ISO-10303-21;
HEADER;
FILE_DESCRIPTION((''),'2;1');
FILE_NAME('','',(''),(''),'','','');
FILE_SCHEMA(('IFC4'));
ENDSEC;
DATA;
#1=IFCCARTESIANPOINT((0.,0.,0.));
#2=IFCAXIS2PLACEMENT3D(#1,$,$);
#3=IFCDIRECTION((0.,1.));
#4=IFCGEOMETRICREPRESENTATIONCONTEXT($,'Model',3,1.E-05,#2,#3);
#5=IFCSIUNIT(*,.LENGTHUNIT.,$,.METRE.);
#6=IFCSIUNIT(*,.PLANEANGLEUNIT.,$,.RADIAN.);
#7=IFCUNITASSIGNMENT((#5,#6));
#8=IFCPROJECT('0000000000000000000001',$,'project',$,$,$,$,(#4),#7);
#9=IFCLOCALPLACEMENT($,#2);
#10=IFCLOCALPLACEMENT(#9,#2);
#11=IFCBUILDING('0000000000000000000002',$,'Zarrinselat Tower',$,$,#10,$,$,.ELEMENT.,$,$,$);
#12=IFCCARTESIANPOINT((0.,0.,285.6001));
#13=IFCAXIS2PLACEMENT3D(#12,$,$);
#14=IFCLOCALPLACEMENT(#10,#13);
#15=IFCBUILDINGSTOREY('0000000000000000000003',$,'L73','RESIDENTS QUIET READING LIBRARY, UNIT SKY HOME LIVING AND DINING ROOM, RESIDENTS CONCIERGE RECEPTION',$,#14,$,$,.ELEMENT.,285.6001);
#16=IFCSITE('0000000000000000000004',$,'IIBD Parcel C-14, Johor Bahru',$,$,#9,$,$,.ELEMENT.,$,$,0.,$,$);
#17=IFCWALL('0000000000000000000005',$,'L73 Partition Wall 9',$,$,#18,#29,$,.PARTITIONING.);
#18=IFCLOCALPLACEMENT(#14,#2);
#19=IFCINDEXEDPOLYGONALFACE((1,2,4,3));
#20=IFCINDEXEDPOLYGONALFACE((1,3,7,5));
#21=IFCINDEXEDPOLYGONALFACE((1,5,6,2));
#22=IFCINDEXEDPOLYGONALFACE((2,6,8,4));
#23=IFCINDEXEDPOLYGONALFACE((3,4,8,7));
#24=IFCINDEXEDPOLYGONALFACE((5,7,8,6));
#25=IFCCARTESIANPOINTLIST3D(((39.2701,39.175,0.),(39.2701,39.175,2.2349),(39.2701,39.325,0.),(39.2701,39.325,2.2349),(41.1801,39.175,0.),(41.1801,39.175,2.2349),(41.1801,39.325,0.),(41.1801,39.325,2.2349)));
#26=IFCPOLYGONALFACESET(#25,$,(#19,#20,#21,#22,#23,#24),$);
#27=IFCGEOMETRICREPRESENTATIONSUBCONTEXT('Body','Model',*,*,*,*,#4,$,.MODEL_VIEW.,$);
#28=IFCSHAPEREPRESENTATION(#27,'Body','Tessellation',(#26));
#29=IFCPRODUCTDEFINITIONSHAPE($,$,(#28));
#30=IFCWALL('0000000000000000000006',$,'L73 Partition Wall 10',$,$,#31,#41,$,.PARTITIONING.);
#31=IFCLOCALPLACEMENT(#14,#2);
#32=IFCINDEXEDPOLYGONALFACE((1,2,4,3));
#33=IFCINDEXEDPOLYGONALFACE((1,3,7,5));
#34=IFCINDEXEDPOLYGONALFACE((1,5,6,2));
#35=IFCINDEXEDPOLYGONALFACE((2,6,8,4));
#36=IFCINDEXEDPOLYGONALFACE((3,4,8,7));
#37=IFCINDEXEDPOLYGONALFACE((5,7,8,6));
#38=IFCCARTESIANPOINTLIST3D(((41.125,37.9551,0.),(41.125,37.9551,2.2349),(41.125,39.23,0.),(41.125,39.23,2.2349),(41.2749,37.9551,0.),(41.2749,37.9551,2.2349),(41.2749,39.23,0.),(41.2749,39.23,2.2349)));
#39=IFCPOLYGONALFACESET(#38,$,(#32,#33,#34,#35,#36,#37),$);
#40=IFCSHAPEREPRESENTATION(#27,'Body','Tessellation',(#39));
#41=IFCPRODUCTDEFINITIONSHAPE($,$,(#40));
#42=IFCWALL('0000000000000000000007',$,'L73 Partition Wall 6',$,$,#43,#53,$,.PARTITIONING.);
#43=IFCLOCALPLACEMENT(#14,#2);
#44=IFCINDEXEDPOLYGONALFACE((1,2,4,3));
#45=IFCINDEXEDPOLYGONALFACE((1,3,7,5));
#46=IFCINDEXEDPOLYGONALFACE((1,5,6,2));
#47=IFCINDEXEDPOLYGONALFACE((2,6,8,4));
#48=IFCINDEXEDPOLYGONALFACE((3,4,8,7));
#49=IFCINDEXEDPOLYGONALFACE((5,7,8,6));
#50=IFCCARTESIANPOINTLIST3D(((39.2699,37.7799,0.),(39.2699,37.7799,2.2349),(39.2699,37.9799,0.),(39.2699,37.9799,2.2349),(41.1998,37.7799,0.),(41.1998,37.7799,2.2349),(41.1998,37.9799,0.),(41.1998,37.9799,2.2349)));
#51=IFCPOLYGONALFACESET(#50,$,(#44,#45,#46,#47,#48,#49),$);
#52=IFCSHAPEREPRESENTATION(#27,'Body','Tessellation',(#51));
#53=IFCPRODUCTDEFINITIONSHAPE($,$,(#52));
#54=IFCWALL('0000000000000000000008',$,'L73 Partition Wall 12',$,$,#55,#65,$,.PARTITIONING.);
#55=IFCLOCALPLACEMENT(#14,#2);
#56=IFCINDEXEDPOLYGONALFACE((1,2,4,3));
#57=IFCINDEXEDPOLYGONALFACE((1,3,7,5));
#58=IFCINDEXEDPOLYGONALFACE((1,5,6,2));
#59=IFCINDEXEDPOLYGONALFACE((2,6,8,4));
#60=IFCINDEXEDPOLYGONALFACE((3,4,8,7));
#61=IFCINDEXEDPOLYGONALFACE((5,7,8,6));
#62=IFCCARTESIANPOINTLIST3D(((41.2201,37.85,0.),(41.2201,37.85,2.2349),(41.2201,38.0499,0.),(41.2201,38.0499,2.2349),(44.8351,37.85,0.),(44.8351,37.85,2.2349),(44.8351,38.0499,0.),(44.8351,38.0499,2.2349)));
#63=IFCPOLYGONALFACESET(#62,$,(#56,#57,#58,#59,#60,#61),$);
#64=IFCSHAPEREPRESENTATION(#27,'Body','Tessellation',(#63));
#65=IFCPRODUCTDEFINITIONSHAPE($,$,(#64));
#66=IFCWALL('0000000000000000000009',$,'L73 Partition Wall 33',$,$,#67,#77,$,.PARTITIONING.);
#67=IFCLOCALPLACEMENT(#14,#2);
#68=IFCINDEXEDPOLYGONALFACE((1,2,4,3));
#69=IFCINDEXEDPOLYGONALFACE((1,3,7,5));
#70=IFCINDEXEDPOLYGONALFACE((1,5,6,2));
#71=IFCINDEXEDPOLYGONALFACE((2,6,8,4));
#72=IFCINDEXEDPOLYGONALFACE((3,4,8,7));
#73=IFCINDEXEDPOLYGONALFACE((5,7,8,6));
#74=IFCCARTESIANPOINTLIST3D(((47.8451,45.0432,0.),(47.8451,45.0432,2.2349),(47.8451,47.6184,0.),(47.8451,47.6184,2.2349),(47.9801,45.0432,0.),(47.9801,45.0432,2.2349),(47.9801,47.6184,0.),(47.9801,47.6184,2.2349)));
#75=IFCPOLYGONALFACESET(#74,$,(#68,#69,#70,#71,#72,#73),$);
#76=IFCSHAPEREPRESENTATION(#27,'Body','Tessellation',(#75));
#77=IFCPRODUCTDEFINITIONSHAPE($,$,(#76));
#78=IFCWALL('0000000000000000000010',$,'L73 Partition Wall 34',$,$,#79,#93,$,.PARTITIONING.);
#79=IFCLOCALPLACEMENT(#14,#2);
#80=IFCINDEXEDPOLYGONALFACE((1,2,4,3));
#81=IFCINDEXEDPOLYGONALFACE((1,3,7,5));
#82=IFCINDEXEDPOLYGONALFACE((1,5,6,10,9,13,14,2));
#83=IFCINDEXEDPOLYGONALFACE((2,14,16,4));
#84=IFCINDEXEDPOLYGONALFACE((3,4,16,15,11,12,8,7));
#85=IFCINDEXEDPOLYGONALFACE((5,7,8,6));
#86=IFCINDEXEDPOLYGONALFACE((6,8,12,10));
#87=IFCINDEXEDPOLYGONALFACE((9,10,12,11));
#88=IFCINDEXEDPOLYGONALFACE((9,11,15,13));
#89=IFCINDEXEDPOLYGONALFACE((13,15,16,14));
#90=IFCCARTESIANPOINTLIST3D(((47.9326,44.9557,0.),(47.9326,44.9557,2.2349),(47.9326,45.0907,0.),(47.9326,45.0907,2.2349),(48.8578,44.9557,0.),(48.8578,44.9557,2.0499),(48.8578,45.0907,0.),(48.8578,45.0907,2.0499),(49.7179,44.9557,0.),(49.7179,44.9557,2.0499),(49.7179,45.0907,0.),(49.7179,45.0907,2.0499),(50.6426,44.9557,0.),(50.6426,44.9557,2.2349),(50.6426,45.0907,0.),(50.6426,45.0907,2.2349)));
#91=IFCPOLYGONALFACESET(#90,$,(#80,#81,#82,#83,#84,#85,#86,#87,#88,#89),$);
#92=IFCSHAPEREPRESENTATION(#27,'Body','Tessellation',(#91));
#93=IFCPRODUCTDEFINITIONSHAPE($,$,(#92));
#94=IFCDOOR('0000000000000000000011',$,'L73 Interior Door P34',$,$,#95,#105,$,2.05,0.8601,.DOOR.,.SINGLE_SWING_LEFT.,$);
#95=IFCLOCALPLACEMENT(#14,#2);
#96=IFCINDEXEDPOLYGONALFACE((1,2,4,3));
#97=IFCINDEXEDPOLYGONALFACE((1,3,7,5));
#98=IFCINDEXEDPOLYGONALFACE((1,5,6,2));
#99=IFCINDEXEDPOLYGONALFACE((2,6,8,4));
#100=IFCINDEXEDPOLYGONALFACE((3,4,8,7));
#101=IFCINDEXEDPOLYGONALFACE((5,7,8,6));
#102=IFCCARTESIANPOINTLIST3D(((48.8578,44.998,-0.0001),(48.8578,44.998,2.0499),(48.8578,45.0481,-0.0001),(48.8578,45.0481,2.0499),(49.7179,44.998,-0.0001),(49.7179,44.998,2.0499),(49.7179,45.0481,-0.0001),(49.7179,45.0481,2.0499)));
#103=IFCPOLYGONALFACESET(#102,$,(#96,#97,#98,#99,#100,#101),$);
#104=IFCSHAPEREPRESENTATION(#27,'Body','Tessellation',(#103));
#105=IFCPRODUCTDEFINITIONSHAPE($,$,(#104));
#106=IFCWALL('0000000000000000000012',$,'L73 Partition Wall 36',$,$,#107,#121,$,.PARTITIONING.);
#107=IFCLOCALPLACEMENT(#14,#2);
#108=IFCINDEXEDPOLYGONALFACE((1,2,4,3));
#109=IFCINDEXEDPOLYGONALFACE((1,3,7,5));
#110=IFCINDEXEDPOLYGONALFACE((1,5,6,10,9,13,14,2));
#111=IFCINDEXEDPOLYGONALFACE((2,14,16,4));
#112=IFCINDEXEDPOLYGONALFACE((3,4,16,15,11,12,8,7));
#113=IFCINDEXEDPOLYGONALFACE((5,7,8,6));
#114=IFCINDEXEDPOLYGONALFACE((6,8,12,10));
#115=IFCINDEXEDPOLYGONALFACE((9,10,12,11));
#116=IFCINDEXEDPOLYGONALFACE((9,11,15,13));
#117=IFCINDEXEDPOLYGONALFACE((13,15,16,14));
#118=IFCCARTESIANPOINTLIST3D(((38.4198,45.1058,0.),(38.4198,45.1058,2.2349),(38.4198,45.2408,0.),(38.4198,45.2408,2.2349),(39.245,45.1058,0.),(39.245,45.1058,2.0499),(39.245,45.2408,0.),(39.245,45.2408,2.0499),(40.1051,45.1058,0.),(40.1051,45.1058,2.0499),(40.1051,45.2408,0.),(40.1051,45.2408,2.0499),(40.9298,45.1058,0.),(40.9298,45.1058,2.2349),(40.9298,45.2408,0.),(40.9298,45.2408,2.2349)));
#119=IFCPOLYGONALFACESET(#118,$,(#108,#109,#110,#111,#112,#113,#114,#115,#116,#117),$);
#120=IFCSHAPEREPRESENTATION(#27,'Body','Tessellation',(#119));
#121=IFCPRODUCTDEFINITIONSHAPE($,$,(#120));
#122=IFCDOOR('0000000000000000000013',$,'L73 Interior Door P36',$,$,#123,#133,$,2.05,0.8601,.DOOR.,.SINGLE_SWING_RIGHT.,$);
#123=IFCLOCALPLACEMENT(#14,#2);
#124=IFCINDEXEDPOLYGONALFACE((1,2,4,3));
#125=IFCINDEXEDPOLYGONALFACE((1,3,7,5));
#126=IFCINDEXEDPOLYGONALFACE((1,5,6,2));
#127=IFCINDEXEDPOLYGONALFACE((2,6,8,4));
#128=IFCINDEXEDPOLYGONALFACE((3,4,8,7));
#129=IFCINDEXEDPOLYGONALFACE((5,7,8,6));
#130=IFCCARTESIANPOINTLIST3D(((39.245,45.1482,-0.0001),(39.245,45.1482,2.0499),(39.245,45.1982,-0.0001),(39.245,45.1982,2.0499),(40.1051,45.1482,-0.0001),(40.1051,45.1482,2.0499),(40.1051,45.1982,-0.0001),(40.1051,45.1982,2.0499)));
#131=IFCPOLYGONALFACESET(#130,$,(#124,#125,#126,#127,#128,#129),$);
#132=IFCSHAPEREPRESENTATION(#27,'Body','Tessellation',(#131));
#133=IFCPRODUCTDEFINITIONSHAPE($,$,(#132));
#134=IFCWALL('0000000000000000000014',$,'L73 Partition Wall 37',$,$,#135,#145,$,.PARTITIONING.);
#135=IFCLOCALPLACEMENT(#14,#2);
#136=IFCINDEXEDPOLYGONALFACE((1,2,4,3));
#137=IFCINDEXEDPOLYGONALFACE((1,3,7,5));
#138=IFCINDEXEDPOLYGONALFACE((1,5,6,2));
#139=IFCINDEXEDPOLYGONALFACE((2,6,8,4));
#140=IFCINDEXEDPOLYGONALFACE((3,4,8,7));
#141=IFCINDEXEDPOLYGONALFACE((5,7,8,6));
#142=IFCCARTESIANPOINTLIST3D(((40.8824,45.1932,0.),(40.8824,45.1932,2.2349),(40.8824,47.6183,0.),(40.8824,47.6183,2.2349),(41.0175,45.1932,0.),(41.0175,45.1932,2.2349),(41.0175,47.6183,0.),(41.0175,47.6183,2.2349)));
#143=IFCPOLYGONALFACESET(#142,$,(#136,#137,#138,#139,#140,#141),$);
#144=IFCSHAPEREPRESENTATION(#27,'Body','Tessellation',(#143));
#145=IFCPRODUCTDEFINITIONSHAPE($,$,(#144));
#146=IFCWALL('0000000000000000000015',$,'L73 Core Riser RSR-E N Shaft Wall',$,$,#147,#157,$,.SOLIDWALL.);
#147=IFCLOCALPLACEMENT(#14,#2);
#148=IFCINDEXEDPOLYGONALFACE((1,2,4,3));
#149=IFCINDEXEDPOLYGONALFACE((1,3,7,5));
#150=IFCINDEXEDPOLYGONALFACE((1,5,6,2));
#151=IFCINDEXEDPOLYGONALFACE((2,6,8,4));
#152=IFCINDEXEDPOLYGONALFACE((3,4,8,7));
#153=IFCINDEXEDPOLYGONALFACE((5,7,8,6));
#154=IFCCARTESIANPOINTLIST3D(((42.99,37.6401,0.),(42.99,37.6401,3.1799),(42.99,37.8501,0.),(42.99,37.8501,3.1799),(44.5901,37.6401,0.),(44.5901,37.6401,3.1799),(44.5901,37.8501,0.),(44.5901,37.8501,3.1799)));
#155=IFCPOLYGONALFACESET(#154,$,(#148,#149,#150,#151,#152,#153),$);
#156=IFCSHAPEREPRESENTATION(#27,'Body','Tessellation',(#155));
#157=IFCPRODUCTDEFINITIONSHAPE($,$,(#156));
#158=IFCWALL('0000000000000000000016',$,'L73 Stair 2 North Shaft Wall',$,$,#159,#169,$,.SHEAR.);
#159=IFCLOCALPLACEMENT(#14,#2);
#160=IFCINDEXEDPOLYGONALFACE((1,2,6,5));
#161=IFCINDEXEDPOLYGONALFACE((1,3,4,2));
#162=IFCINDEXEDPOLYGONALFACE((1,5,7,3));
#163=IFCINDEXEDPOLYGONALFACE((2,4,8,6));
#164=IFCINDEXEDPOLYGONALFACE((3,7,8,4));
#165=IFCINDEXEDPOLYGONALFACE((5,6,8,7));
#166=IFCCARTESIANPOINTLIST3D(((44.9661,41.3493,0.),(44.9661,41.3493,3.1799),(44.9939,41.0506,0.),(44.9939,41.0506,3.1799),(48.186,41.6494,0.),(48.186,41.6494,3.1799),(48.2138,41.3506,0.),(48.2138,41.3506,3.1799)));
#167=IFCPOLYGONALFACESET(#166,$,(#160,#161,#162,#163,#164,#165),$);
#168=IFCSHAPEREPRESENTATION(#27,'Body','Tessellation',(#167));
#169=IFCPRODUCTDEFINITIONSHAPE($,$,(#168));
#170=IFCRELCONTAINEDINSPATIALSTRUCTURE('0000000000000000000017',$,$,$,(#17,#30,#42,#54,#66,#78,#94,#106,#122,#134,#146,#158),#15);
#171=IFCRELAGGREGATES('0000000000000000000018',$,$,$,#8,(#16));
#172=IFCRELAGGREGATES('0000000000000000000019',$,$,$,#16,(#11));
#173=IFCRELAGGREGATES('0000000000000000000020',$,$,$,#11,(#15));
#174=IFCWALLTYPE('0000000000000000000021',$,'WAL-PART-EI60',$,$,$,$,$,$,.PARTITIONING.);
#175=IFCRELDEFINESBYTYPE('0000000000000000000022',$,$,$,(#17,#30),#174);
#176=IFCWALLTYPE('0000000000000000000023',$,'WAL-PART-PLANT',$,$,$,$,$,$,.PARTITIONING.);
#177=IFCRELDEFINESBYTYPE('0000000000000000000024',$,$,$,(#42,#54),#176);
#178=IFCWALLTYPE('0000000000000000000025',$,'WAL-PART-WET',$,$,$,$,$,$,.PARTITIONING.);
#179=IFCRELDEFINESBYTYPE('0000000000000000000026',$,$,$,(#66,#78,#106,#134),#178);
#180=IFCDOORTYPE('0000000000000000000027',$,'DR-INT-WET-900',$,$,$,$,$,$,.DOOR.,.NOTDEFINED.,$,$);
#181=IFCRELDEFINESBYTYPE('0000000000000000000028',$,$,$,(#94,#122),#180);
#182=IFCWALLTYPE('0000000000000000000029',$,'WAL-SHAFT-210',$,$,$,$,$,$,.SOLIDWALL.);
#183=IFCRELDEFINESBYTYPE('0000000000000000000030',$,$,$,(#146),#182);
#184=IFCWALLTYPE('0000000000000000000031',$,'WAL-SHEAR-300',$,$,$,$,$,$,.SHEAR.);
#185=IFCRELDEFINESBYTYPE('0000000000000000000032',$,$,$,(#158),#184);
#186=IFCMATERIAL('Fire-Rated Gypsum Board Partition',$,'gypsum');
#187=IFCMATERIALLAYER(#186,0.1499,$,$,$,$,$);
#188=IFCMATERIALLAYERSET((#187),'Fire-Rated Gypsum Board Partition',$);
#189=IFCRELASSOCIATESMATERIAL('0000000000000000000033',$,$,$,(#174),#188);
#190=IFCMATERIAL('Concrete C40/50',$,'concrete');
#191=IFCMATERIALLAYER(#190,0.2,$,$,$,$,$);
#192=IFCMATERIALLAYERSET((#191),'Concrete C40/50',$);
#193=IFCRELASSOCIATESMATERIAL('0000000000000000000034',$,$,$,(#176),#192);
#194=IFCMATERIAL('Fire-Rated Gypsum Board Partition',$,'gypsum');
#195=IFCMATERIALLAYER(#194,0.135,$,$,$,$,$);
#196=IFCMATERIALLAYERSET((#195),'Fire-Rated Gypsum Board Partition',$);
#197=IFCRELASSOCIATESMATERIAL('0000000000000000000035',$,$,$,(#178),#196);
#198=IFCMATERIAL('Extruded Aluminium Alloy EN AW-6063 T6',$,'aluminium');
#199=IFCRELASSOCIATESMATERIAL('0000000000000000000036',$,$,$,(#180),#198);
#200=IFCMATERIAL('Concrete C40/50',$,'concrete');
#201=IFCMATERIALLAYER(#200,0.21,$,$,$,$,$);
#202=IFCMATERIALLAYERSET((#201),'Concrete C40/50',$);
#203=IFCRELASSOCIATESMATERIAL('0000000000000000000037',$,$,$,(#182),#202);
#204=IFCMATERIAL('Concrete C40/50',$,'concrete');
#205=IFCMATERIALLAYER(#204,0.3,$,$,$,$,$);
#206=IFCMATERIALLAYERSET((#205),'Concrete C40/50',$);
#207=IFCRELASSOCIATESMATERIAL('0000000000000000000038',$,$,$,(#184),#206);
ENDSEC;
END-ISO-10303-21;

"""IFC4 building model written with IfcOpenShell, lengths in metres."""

from ifc_helpers import new_model, si_unit, direction, frame, frame_2d, origin, place, context, subcontext, project, spatial, rectangle, extrude, material, layer, layer_set, type_object, element, fill, save


model = new_model("IFC4")

# Units and contexts
model_context = context("Model", 3, precision=1e-05, world=origin(), true_north=direction((0.0, 1.0)))
body_context = subcontext(model_context, "Body", "Model", "MODEL_VIEW")
ifc_project = project(units=[si_unit("LENGTHUNIT", "METRE"), si_unit("PLANEANGLEUNIT", "RADIAN")], contexts=[model_context])

# Site, building, storey
site_placement = place(None, origin())
site = spatial("IfcSite", under=ifc_project, at=site_placement, Name="IIBD Parcel C-14, Johor Bahru", CompositionType="ELEMENT", RefElevation=0.0)
building_placement = place(site_placement, origin())
building = spatial("IfcBuilding", under=site, at=building_placement, Name="Zarrinselat Tower", CompositionType="ELEMENT")
storey_placement = place(building_placement, frame((0.0, 0.0, 285.6001)))
storey = spatial("IfcBuildingStorey", under=building, at=storey_placement, Name="L73", Description="RESIDENTS QUIET READING LIBRARY, UNIT SKY HOME LIVING AND DINING ROOM, RESIDENTS CONCIERGE RECEPTION", CompositionType="ELEMENT", Elevation=285.6001)

# Shared definitions
ifc_material_1 = material(Name="Fire-Rated Gypsum Board Partition", Category="gypsum")
ifc_layer_1 = layer(ifc_material_1, 0.1499)
ifc_layer_set_1 = layer_set([ifc_layer_1], Name="Fire-Rated Gypsum Board Partition")
wall_type_1 = type_object("IfcWallType", Name="WAL-PART-EI60", PredefinedType="PARTITIONING", material=ifc_layer_set_1)

# Walls
wall_1_placement = place(storey_placement, frame((39.27, 39.25, 0.0), z_axis=(0.0, 0.0, 1.0), x_axis=(1.0, 0.0, 0.0)))
element("IfcWall", 1, at=wall_1_placement, inside=storey, type_object=wall_type_1, Name="L73 Partition Wall 9", PredefinedType="PARTITIONING", context=body_context, shape_type="SweptSolid", body=[
    extrude(rectangle(XDim=1.9099, YDim=0.1499, at=frame_2d((0.9551, 0.0))), origin(), (0.0, 0.0, 1.0), 2.2349),
])
wall_2_placement = place(storey_placement, frame((41.2, 37.9551, 0.0), z_axis=(0.0, 0.0, 1.0), x_axis=(0.0, 1.0, 0.0)))
element("IfcWall", 2, at=wall_2_placement, inside=storey, type_object=wall_type_1, Name="L73 Partition Wall 10", PredefinedType="PARTITIONING", context=body_context, shape_type="SweptSolid", body=[
    extrude(rectangle(XDim=1.2749, YDim=0.1499, at=frame_2d((0.6375, 0.0))), origin(), (0.0, 0.0, 1.0), 2.2349),
])
ifc_material_2 = material(Name="Concrete C40/50", Category="concrete")
ifc_layer_2 = layer(ifc_material_2, 0.2)
ifc_layer_set_2 = layer_set([ifc_layer_2], Name="Concrete C40/50")
wall_type_2 = type_object("IfcWallType", Name="WAL-PART-PLANT", PredefinedType="PARTITIONING", material=ifc_layer_set_2)
wall_3_placement = place(storey_placement, frame((39.27, 37.8799, 0.0), z_axis=(0.0, 0.0, 1.0), x_axis=(1.0, 0.0, 0.0)))
element("IfcWall", 3, at=wall_3_placement, inside=storey, type_object=wall_type_2, Name="L73 Partition Wall 6", PredefinedType="PARTITIONING", context=body_context, shape_type="SweptSolid", body=[
    extrude(rectangle(XDim=1.9299, YDim=0.2, at=frame_2d((0.9648, 0.0))), origin(), (0.0, 0.0, 1.0), 2.2349),
])
wall_4_placement = place(storey_placement, frame((41.22, 37.95, 0.0), z_axis=(0.0, 0.0, 1.0), x_axis=(1.0, 0.0, 0.0)))
element("IfcWall", 4, at=wall_4_placement, inside=storey, type_object=wall_type_2, Name="L73 Partition Wall 12", PredefinedType="PARTITIONING", context=body_context, shape_type="SweptSolid", body=[
    extrude(rectangle(XDim=3.615, YDim=0.2, at=frame_2d((1.8076, 0.0))), origin(), (0.0, 0.0, 1.0), 2.2349),
])
ifc_material_3 = material(Name="Fire-Rated Gypsum Board Partition", Category="gypsum")
ifc_layer_3 = layer(ifc_material_3, 0.135)
ifc_layer_set_3 = layer_set([ifc_layer_3], Name="Fire-Rated Gypsum Board Partition")
wall_type_3 = type_object("IfcWallType", Name="WAL-PART-WET", PredefinedType="PARTITIONING", material=ifc_layer_set_3)
wall_5_placement = place(storey_placement, frame((47.9126, 45.0432, 0.0), z_axis=(0.0, 0.0, 1.0), x_axis=(0.0, 1.0, 0.0)))
element("IfcWall", 5, at=wall_5_placement, inside=storey, type_object=wall_type_3, Name="L73 Partition Wall 33", PredefinedType="PARTITIONING", context=body_context, shape_type="SweptSolid", body=[
    extrude(rectangle(XDim=2.5752, YDim=0.135, at=frame_2d((1.2876, 0.0))), origin(), (0.0, 0.0, 1.0), 2.2349),
])

# Walls, openings, doors
wall_6_placement = place(storey_placement, frame((47.9326, 45.0232, 0.0), z_axis=(0.0, 0.0, 1.0), x_axis=(1.0, 0.0, 0.0)))
wall_6 = element("IfcWall", 6, at=wall_6_placement, inside=storey, type_object=wall_type_3, Name="L73 Partition Wall 34", PredefinedType="PARTITIONING", context=body_context, shape_type="SweptSolid", body=[
    extrude(rectangle(XDim=2.71, YDim=0.135, at=frame_2d((1.355, 0.0))), origin(), (0.0, 0.0, 1.0), 2.2349),
])
opening_1_placement = place(wall_6_placement, frame((0.925, 0.0, 0.0)))
opening_1 = element("IfcOpeningElement", 7, at=opening_1_placement, cuts=wall_6, PredefinedType="OPENING", context=body_context, shape_type="SweptSolid", body=[
    extrude(rectangle(XDim=0.8601, YDim=2.05, at=frame_2d((0.4302, 1.0249))), frame((0.0, 0.0774, 0.0), z_axis=(0.0, -1.0, 0.0), x_axis=(1.0, 0.0, 0.0)), (0.0, 0.0, 1.0), 0.155),
])
ifc_material_4 = material(Name="Extruded Aluminium Alloy EN AW-6063 T6", Category="aluminium")
door_type_1 = type_object("IfcDoorType", Name="DR-INT-WET-900", OperationType="NOTDEFINED", PredefinedType="DOOR", material=ifc_material_4)
door_1_placement = place(opening_1_placement, origin())
door_1 = element("IfcDoor", 8, at=door_1_placement, inside=storey, type_object=door_type_1, Name="L73 Interior Door P34", OperationType="SINGLE_SWING_LEFT", OverallHeight=2.05, OverallWidth=0.8601, PredefinedType="DOOR", context=body_context, shape_type="SweptSolid", body=[
    extrude(rectangle(XDim=0.8601, YDim=2.05, at=frame_2d((0.4302, 1.0249))), frame((0.0, 0.0249, 0.0), z_axis=(0.0, -1.0, 0.0), x_axis=(1.0, 0.0, 0.0)), (0.0, 0.0, 1.0), 0.05),
])
fill(opening_1, door_1)
wall_7_placement = place(storey_placement, frame((38.4199, 45.1733, 0.0), z_axis=(0.0, 0.0, 1.0), x_axis=(1.0, 0.0, 0.0)))
wall_7 = element("IfcWall", 9, at=wall_7_placement, inside=storey, type_object=wall_type_3, Name="L73 Partition Wall 36", PredefinedType="PARTITIONING", context=body_context, shape_type="SweptSolid", body=[
    extrude(rectangle(XDim=2.51, YDim=0.135, at=frame_2d((1.2549, 0.0))), origin(), (0.0, 0.0, 1.0), 2.2349),
])
opening_2_placement = place(wall_7_placement, frame((0.825, 0.0, 0.0)))
opening_2 = element("IfcOpeningElement", 10, at=opening_2_placement, cuts=wall_7, PredefinedType="OPENING", context=body_context, shape_type="SweptSolid", body=[
    extrude(rectangle(XDim=0.8601, YDim=2.05, at=frame_2d((0.4302, 1.0249))), frame((0.0, 0.0774, 0.0), z_axis=(0.0, -1.0, 0.0), x_axis=(1.0, 0.0, 0.0)), (0.0, 0.0, 1.0), 0.155),
])
door_2_placement = place(opening_2_placement, origin())
door_2 = element("IfcDoor", 11, at=door_2_placement, inside=storey, type_object=door_type_1, Name="L73 Interior Door P36", OperationType="SINGLE_SWING_RIGHT", OverallHeight=2.05, OverallWidth=0.8601, PredefinedType="DOOR", context=body_context, shape_type="SweptSolid", body=[
    extrude(rectangle(XDim=0.8601, YDim=2.05, at=frame_2d((0.4302, 1.0249))), frame((0.0, 0.0249, 0.0), z_axis=(0.0, -1.0, 0.0), x_axis=(1.0, 0.0, 0.0)), (0.0, 0.0, 1.0), 0.05),
])
fill(opening_2, door_2)

# Walls
wall_8_placement = place(storey_placement, frame((40.95, 45.1934, 0.0), z_axis=(0.0, 0.0, 1.0), x_axis=(0.0, 1.0, 0.0)))
element("IfcWall", 12, at=wall_8_placement, inside=storey, type_object=wall_type_3, Name="L73 Partition Wall 37", PredefinedType="PARTITIONING", context=body_context, shape_type="SweptSolid", body=[
    extrude(rectangle(XDim=2.425, YDim=0.135, at=frame_2d((1.2124, 0.0))), origin(), (0.0, 0.0, 1.0), 2.2349),
])
ifc_material_5 = material(Name="Concrete C40/50", Category="concrete")
ifc_layer_4 = layer(ifc_material_5, 0.21)
ifc_layer_set_4 = layer_set([ifc_layer_4], Name="Concrete C40/50")
wall_type_4 = type_object("IfcWallType", Name="WAL-SHAFT-210", PredefinedType="SOLIDWALL", material=ifc_layer_set_4)
wall_9_placement = place(storey_placement, frame((42.99, 37.7451, 0.0), z_axis=(0.0, 0.0, 1.0), x_axis=(1.0, 0.0, 0.0)))
element("IfcWall", 13, at=wall_9_placement, inside=storey, type_object=wall_type_4, Name="L73 Core Riser RSR-E N Shaft Wall", PredefinedType="SOLIDWALL", context=body_context, shape_type="SweptSolid", body=[
    extrude(rectangle(XDim=1.6001, YDim=0.21, at=frame_2d((0.8, 0.0))), origin(), (0.0, 0.0, 1.0), 3.1799),
])
ifc_material_6 = material(Name="Concrete C40/50", Category="concrete")
ifc_layer_5 = layer(ifc_material_6, 0.3)
ifc_layer_set_5 = layer_set([ifc_layer_5], Name="Concrete C40/50")
wall_type_5 = type_object("IfcWallType", Name="WAL-SHEAR-300", PredefinedType="SHEAR", material=ifc_layer_set_5)
wall_10_placement = place(storey_placement, frame((44.98, 41.2, 0.0), z_axis=(0.0, 0.0, 1.0), x_axis=(0.995686, 0.092782, 0.0)))
element("IfcWall", 14, at=wall_10_placement, inside=storey, type_object=wall_type_5, Name="L73 Stair 2 North Shaft Wall", PredefinedType="SHEAR", context=body_context, shape_type="SweptSolid", body=[
    extrude(rectangle(XDim=3.2339, YDim=0.3, at=frame_2d((1.6169, 0.0))), origin(), (0.0, 0.0, 1.0), 3.1799),
])

save(model, "model.ifc")
